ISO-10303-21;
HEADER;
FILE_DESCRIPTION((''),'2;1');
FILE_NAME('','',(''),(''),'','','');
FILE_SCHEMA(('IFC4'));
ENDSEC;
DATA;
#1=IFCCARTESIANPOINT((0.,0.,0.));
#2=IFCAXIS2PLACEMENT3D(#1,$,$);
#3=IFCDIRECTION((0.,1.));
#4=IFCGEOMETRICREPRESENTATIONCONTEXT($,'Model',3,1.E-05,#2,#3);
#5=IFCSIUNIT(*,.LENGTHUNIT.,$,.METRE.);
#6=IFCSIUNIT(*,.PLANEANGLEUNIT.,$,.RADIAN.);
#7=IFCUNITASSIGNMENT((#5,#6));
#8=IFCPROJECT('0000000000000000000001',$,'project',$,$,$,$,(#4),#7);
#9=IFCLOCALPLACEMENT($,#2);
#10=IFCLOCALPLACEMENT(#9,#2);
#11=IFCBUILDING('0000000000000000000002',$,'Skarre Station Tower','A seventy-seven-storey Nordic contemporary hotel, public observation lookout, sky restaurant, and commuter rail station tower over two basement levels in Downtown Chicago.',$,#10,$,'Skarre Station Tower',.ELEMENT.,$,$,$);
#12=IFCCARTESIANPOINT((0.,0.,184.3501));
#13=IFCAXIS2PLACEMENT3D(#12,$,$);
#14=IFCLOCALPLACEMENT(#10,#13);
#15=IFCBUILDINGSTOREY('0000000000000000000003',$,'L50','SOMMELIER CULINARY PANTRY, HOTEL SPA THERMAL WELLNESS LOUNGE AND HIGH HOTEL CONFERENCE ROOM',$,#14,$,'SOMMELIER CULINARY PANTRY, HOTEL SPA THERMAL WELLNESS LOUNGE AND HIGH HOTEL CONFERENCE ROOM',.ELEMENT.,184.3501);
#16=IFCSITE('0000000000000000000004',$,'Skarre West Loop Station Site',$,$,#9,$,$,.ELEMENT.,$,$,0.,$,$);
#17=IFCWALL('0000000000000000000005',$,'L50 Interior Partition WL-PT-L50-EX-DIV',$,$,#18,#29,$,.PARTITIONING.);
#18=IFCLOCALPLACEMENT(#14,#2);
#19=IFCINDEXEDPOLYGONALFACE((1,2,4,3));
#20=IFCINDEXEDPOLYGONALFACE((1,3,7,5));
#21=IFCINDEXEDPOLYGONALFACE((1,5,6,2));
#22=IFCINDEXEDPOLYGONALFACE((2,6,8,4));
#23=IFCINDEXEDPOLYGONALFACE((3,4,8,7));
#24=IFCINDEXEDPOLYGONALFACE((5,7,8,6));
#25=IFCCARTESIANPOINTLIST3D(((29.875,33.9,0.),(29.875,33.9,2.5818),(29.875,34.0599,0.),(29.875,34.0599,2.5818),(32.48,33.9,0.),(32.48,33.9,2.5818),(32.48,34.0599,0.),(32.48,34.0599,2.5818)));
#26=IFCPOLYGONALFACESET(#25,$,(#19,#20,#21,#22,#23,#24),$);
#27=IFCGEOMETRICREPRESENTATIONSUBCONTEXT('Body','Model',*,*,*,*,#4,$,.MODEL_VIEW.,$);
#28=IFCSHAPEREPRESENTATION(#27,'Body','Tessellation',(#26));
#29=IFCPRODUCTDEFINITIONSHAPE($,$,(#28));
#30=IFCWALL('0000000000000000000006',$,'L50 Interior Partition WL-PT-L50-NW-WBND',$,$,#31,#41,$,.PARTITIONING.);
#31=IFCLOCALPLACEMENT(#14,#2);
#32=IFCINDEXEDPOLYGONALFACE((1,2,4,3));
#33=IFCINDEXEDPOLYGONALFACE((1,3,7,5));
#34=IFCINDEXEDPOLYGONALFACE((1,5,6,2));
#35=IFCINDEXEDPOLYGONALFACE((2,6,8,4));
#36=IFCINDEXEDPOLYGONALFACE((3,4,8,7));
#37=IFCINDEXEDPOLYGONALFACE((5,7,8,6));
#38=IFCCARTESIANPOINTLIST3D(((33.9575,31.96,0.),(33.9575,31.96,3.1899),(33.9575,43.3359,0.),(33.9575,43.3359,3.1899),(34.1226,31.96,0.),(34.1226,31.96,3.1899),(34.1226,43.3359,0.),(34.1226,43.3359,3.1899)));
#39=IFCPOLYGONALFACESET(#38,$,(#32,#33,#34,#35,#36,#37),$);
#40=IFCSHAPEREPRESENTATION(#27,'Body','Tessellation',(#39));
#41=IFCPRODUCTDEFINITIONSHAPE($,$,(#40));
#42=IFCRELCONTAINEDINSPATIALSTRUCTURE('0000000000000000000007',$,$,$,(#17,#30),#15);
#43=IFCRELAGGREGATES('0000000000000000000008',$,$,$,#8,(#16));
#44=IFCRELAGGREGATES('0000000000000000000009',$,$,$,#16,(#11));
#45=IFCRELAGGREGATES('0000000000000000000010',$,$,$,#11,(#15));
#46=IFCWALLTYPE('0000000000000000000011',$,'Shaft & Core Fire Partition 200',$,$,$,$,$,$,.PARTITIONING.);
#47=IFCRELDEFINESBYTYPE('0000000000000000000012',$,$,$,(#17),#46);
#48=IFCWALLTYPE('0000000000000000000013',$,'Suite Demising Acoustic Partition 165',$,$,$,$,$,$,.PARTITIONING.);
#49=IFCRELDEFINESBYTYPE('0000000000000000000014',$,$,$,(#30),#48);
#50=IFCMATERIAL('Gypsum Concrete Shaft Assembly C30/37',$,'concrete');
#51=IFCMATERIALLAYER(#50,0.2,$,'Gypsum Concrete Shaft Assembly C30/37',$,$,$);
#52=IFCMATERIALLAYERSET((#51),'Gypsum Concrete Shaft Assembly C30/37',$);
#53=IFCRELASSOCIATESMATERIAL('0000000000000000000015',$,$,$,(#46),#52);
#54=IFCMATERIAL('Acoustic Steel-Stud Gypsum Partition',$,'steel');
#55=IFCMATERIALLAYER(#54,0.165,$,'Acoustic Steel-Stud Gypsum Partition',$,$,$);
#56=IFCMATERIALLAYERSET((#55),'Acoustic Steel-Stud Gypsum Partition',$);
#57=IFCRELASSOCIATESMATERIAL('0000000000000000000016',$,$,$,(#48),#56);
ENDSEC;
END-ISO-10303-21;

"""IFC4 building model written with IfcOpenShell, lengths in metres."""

from ifc_helpers import new_model, si_unit, direction, frame, frame_2d, origin, place, context, subcontext, project, spatial, rectangle, extrude, material, layer, layer_set, type_object, element, save


model = new_model("IFC4")

# Units and contexts
model_context = context("Model", 3, precision=1e-05, world=origin(), true_north=direction((0.0, 1.0)))
body_context = subcontext(model_context, "Body", "Model", "MODEL_VIEW")
ifc_project = project(units=[si_unit("LENGTHUNIT", "METRE"), si_unit("PLANEANGLEUNIT", "RADIAN")], contexts=[model_context])

# Site, building, storey
site_placement = place(None, origin())
site = spatial("IfcSite", under=ifc_project, at=site_placement, Name="Skarre West Loop Station Site", CompositionType="ELEMENT", RefElevation=0.0)
building_placement = place(site_placement, origin())
building = spatial("IfcBuilding", under=site, at=building_placement, Name="Skarre Station Tower", Description="A seventy-seven-storey Nordic contemporary hotel, public observation lookout, sky restaurant, and commuter rail station tower over two basement levels in Downtown Chicago.", LongName="Skarre Station Tower", CompositionType="ELEMENT")
storey_placement = place(building_placement, frame((0.0, 0.0, 184.3501)))
storey = spatial("IfcBuildingStorey", under=building, at=storey_placement, Name="L50", Description="SOMMELIER CULINARY PANTRY, HOTEL SPA THERMAL WELLNESS LOUNGE AND HIGH HOTEL CONFERENCE ROOM", LongName="SOMMELIER CULINARY PANTRY, HOTEL SPA THERMAL WELLNESS LOUNGE AND HIGH HOTEL CONFERENCE ROOM", CompositionType="ELEMENT", Elevation=184.3501)

# Shared definitions
ifc_material_1 = material(Name="Acoustic Steel-Stud Gypsum Partition", Category="steel")

# Walls
ifc_material_2 = material(Name="Gypsum Concrete Shaft Assembly C30/37", Category="concrete")
ifc_layer_1 = layer(ifc_material_2, 0.2, Name="Gypsum Concrete Shaft Assembly C30/37")
ifc_layer_set_1 = layer_set([ifc_layer_1], Name="Gypsum Concrete Shaft Assembly C30/37")
wall_type_1 = type_object("IfcWallType", Name="Shaft & Core Fire Partition 200", PredefinedType="PARTITIONING", material=ifc_layer_set_1)
wall_1_placement = place(storey_placement, frame((29.875, 33.98, 0.0), z_axis=(0.0, 0.0, 1.0), x_axis=(1.0, 0.0, 0.0)))
element("IfcWall", 1, at=wall_1_placement, inside=storey, type_object=wall_type_1, Name="L50 Interior Partition WL-PT-L50-EX-DIV", PredefinedType="PARTITIONING", context=body_context, shape_type="SweptSolid", body=[
    extrude(rectangle(XDim=2.605, YDim=0.1599, at=frame_2d((1.3025, 0.0))), origin(), (0.0, 0.0, 1.0), 2.5818),
])
ifc_layer_2 = layer(ifc_material_1, 0.165, Name="Acoustic Steel-Stud Gypsum Partition")
ifc_layer_set_2 = layer_set([ifc_layer_2], Name="Acoustic Steel-Stud Gypsum Partition")
wall_type_2 = type_object("IfcWallType", Name="Suite Demising Acoustic Partition 165", PredefinedType="PARTITIONING", material=ifc_layer_set_2)
wall_2_placement = place(storey_placement, frame((34.04, 31.96, 0.0), z_axis=(0.0, 0.0, 1.0), x_axis=(0.0, 1.0, 0.0)))
element("IfcWall", 2, at=wall_2_placement, inside=storey, type_object=wall_type_2, Name="L50 Interior Partition WL-PT-L50-NW-WBND", PredefinedType="PARTITIONING", context=body_context, shape_type="SweptSolid", body=[
    extrude(rectangle(XDim=11.376, YDim=0.165, at=frame_2d((5.688, 0.0))), origin(), (0.0, 0.0, 1.0), 3.1899),
])

save(model, "model.ifc")
